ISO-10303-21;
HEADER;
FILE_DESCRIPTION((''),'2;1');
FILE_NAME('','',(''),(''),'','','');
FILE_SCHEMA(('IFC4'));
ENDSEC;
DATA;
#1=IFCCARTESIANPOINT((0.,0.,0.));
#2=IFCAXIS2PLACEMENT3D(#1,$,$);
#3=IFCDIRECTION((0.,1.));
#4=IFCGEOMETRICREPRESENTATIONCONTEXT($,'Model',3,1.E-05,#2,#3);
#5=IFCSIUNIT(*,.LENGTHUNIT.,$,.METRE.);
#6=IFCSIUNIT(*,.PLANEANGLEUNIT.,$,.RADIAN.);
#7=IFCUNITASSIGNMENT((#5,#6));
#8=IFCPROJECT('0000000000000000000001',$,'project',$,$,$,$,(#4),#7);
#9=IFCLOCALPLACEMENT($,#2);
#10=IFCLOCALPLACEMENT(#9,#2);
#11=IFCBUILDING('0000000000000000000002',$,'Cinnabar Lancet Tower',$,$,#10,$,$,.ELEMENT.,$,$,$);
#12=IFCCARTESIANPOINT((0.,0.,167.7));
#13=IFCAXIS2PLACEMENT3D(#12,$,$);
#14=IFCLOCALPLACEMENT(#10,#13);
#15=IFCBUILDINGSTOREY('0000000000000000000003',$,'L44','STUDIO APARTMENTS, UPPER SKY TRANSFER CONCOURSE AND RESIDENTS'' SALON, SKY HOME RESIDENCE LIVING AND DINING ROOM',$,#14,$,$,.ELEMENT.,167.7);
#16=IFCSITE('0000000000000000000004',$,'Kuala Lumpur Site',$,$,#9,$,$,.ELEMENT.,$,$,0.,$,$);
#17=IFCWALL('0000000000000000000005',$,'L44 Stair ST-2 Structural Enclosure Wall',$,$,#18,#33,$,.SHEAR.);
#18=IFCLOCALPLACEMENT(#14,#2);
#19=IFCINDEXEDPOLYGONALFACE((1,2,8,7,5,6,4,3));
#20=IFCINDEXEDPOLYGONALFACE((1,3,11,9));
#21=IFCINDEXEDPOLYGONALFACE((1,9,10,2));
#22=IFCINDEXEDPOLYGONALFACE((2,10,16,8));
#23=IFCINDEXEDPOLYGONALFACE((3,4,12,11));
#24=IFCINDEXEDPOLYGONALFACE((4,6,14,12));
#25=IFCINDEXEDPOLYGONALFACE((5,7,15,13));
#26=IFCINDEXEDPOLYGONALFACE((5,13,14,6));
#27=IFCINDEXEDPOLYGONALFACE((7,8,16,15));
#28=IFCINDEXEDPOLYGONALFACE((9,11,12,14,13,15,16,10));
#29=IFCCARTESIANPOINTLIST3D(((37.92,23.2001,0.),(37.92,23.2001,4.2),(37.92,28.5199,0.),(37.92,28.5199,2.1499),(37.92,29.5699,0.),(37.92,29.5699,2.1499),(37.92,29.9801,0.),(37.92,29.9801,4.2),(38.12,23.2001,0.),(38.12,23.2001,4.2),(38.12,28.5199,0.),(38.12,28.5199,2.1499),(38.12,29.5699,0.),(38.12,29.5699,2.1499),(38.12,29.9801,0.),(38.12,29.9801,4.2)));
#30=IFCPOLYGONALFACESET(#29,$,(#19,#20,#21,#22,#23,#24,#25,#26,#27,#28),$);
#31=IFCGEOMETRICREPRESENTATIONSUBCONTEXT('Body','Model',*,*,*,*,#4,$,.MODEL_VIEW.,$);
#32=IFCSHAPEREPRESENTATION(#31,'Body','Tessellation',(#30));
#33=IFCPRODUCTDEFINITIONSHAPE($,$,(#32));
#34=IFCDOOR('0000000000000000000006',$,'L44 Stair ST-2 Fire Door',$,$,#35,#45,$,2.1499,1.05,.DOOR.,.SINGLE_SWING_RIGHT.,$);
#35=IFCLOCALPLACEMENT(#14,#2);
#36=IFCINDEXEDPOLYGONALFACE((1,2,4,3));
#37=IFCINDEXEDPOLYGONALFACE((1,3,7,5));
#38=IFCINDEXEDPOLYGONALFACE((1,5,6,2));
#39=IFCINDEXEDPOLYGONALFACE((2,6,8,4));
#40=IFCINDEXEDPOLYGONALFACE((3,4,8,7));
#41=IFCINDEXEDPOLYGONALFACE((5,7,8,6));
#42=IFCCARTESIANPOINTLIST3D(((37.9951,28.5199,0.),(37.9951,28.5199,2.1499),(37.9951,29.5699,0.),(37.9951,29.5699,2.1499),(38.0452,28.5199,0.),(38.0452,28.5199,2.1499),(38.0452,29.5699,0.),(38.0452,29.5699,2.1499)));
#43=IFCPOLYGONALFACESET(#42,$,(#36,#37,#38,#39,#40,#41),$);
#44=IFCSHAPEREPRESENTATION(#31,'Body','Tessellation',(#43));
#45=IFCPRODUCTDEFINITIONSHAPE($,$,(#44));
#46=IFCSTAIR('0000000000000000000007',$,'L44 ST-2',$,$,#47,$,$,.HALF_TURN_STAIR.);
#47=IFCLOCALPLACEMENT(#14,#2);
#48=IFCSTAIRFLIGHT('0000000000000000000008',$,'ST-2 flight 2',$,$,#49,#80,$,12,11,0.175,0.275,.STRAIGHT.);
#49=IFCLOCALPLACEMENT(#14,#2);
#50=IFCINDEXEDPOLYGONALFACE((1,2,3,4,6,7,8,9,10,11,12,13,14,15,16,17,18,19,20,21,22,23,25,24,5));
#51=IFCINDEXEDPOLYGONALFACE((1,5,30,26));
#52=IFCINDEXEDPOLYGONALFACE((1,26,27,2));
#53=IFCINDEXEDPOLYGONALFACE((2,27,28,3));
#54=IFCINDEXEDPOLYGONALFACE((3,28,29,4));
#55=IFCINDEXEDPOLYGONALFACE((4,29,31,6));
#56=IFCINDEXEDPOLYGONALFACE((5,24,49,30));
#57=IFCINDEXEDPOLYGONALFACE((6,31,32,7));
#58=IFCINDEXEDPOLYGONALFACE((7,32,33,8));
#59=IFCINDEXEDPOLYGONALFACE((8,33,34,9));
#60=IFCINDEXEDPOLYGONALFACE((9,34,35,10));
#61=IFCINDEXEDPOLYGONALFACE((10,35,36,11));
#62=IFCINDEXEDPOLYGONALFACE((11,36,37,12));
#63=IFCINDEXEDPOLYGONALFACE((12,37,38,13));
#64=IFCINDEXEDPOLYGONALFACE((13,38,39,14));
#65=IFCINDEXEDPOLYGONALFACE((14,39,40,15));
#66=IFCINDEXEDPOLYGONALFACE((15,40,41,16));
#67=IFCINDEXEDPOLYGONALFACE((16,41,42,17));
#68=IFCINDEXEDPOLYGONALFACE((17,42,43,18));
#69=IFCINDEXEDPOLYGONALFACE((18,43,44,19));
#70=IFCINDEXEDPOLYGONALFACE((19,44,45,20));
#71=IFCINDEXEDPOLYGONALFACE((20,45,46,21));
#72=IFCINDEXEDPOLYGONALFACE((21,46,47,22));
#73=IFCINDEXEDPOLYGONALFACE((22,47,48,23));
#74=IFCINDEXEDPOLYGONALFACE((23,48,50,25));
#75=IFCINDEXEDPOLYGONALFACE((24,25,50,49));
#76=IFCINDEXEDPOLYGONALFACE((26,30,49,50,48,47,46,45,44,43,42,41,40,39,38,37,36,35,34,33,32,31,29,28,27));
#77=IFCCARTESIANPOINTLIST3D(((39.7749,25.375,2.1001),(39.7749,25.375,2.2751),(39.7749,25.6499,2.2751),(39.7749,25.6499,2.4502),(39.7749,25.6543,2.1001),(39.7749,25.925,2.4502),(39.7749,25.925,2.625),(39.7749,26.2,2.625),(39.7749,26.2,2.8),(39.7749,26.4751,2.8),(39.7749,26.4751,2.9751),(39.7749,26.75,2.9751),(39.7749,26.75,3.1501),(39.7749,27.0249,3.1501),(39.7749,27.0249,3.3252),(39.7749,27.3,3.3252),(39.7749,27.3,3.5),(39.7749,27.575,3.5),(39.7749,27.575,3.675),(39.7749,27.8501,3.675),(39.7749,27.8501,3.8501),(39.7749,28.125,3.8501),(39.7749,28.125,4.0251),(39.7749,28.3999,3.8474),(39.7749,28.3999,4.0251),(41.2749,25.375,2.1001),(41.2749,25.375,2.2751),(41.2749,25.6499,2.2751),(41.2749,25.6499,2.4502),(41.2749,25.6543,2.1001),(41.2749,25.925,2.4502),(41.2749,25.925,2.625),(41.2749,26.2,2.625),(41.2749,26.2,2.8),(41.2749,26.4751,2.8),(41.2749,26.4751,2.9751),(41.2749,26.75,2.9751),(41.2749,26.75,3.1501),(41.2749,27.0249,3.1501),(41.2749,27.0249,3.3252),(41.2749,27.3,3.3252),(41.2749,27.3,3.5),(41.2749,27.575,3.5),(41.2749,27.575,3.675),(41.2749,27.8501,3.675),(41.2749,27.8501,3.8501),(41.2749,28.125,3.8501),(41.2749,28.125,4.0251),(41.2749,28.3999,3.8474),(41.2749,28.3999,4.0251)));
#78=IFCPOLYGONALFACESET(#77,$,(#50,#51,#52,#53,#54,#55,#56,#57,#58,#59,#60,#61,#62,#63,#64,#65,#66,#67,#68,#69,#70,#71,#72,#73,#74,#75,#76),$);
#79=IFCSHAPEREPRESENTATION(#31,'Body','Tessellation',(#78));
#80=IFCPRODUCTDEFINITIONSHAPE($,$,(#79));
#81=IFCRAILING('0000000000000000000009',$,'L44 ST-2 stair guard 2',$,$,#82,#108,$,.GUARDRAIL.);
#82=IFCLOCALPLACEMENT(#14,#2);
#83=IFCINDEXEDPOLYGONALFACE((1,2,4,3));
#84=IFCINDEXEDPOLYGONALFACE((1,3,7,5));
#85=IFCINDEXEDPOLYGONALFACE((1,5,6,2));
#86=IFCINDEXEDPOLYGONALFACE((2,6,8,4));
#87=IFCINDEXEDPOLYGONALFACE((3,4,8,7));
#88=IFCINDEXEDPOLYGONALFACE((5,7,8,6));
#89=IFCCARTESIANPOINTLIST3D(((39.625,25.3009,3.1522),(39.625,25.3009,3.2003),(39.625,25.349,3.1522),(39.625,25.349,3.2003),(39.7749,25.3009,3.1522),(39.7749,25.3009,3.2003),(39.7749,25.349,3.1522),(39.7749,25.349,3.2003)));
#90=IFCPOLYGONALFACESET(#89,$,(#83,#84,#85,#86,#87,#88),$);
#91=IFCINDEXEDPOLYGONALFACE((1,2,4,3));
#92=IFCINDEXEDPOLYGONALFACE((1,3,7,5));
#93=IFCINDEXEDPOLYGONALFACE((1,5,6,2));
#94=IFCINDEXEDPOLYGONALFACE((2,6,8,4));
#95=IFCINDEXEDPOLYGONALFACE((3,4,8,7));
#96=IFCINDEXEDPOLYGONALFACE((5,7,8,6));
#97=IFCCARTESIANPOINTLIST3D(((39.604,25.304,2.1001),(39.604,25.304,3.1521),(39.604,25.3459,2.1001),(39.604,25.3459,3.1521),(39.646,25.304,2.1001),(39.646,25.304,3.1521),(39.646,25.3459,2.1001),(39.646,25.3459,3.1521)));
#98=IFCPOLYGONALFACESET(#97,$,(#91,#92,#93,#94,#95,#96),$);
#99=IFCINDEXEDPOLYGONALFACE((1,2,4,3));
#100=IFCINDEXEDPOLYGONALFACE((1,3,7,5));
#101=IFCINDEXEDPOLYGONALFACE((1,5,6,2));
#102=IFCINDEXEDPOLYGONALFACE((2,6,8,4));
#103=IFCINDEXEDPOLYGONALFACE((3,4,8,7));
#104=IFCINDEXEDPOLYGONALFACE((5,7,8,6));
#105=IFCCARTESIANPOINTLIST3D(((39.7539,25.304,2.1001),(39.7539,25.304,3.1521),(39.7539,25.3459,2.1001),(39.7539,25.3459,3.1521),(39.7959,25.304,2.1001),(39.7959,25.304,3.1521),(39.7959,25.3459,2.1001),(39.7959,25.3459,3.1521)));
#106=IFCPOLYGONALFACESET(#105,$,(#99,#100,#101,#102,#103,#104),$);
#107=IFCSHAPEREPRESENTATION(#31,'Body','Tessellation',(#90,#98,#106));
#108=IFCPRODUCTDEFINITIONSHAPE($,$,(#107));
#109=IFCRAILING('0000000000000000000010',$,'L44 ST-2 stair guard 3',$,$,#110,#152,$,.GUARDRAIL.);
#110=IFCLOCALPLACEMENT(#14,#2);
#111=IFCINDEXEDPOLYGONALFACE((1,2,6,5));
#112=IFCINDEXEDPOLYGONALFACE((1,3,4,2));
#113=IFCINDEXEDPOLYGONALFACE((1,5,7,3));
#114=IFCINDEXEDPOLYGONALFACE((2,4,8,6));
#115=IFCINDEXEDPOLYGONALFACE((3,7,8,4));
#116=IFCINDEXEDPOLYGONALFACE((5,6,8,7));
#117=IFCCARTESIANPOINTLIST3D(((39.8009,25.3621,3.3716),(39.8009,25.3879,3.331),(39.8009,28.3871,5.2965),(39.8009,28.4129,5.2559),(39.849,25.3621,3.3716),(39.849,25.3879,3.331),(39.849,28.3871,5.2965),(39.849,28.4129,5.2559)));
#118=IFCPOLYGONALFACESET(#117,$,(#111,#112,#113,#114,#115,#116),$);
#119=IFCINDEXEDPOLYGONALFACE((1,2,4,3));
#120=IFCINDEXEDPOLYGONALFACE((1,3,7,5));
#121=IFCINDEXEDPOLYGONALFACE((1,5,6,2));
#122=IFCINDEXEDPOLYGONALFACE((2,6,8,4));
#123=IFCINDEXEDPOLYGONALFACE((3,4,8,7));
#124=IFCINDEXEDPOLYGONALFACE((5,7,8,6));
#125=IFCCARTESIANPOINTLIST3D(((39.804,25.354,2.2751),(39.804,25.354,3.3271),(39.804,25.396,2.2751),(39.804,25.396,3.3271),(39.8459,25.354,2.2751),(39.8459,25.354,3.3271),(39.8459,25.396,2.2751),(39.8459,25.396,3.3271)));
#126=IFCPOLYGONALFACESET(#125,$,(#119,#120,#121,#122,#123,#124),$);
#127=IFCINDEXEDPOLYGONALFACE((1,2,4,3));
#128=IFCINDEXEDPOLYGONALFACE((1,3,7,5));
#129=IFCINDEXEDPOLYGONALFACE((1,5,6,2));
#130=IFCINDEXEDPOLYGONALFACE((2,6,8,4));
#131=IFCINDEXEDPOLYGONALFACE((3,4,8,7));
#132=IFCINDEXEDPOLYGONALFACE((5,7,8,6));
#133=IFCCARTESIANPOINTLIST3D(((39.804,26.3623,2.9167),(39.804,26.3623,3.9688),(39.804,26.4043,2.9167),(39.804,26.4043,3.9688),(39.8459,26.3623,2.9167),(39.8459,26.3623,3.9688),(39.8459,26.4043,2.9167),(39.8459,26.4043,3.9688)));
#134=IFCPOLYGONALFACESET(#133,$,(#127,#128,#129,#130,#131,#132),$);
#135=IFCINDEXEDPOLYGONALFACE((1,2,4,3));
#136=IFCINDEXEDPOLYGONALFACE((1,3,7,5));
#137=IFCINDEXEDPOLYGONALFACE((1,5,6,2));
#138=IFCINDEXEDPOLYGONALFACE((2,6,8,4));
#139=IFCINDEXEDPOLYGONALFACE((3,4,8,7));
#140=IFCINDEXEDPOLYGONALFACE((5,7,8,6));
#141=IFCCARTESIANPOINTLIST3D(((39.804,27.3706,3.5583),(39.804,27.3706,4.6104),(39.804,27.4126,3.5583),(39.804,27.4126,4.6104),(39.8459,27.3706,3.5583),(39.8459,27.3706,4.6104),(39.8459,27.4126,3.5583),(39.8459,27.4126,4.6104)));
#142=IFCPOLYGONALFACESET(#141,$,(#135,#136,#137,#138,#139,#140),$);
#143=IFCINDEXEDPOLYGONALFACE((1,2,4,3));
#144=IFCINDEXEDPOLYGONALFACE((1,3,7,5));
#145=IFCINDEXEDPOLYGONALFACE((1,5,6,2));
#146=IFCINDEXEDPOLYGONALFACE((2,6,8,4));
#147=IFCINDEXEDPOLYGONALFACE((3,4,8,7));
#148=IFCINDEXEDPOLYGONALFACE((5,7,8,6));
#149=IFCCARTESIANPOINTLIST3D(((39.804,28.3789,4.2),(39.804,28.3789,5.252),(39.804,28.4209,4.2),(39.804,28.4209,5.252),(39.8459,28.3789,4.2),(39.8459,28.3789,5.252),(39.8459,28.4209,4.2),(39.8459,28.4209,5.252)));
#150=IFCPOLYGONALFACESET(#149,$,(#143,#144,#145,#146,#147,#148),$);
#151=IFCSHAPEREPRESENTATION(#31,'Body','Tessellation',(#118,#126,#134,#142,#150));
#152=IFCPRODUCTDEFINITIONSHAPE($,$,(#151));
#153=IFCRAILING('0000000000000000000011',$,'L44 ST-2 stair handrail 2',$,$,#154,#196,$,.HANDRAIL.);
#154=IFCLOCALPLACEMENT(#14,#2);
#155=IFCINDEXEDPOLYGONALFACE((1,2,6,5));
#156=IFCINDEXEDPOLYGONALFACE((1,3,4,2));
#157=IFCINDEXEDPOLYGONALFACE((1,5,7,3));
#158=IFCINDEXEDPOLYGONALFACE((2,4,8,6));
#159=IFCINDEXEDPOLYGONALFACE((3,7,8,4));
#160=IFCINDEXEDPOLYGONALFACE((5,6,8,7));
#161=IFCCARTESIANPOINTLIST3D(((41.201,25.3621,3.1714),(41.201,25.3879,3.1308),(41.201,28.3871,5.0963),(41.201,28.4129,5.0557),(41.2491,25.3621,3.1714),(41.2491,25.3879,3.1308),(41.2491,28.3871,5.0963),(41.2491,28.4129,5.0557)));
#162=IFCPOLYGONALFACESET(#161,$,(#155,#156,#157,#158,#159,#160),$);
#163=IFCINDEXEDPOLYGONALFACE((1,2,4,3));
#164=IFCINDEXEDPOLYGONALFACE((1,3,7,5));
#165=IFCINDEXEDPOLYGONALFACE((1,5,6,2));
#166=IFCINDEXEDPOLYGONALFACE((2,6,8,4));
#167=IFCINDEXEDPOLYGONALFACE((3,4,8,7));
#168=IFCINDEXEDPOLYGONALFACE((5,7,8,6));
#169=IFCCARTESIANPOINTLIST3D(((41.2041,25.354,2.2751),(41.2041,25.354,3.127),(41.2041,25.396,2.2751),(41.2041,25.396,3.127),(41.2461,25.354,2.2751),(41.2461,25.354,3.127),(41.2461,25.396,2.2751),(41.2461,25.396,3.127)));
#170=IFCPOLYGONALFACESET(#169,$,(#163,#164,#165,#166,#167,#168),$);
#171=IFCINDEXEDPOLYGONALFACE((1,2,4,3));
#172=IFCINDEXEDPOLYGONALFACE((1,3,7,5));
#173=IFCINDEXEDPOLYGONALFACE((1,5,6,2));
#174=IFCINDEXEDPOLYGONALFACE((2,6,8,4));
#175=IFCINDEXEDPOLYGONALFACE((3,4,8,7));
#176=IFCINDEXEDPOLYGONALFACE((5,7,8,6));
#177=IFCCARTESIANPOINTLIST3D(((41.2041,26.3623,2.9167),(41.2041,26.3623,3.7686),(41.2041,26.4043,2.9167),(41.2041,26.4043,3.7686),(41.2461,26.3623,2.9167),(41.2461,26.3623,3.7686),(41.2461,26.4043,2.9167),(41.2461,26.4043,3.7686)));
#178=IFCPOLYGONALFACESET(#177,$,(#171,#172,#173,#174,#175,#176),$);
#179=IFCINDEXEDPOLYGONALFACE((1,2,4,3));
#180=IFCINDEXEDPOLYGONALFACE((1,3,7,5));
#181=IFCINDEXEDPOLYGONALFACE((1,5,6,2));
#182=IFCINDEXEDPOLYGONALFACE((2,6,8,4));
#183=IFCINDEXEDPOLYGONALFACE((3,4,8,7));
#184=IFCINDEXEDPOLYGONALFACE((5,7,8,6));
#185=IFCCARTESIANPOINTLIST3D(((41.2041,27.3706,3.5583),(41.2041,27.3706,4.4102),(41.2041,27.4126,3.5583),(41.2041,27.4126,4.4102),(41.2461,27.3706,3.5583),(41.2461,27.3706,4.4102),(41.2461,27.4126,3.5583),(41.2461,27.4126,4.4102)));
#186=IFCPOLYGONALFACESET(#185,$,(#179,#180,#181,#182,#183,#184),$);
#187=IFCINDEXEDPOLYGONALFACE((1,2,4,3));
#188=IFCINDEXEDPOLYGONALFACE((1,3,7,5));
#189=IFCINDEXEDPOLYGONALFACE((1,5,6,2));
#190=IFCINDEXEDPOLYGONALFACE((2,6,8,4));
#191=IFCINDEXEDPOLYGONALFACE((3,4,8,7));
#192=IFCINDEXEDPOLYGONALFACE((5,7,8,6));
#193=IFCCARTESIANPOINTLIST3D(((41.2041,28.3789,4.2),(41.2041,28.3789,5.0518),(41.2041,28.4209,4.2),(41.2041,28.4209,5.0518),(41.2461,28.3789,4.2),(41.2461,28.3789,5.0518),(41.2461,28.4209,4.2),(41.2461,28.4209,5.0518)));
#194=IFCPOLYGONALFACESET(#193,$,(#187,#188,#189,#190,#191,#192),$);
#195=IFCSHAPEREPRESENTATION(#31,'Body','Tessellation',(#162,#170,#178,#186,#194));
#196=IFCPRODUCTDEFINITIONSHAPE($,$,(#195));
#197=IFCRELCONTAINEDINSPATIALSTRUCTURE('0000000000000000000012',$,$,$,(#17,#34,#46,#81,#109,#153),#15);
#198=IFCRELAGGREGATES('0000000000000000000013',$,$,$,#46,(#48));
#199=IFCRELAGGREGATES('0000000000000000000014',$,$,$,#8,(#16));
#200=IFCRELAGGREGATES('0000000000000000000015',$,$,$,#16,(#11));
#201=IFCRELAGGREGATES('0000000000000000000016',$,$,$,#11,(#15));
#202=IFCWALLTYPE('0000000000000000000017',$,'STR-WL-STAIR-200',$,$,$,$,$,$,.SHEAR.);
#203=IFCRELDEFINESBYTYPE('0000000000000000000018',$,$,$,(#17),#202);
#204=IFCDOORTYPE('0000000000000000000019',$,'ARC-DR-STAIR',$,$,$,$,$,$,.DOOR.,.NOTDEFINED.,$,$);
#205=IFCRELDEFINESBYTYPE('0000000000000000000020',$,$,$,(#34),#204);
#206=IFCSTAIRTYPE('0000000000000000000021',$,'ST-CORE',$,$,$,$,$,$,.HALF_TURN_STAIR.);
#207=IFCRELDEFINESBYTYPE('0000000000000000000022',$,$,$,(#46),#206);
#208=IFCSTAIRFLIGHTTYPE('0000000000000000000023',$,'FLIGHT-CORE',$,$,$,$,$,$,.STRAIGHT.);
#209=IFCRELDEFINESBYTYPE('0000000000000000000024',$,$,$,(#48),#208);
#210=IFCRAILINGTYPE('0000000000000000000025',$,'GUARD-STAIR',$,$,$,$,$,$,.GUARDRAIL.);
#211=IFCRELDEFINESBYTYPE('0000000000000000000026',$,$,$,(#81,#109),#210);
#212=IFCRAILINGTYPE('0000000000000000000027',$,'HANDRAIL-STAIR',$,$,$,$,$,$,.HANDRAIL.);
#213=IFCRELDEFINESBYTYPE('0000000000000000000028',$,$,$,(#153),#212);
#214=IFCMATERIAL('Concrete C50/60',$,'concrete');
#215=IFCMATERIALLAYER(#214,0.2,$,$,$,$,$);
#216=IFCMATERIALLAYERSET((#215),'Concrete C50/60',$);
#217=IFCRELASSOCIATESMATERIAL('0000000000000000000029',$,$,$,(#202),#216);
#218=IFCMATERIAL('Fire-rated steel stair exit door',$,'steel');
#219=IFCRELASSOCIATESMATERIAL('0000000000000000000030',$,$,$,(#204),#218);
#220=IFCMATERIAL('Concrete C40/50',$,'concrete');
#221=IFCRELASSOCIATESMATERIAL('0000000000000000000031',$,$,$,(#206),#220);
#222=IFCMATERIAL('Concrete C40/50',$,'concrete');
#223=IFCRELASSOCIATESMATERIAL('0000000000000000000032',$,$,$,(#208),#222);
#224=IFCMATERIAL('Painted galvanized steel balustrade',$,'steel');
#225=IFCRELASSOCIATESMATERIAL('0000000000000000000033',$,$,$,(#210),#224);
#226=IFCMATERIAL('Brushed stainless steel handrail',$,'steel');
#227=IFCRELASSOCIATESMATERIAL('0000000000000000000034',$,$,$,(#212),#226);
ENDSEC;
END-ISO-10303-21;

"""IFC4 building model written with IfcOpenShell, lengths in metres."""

from ifc_helpers import new_model, si_unit, direction, frame, frame_2d, origin, origin_2d, place, context, subcontext, project, spatial, polyline, rectangle, outline, extrude, material, layer, layer_set, type_object, element, fill, aggregate, save


model = new_model("IFC4")

# Units and contexts
model_context = context("Model", 3, precision=1e-05, world=origin(), true_north=direction((0.0, 1.0)))
body_context = subcontext(model_context, "Body", "Model", "MODEL_VIEW")
ifc_project = project(units=[si_unit("LENGTHUNIT", "METRE"), si_unit("PLANEANGLEUNIT", "RADIAN")], contexts=[model_context])

# Site, building, storey
site_placement = place(None, origin())
site = spatial("IfcSite", under=ifc_project, at=site_placement, Name="Kuala Lumpur Site", CompositionType="ELEMENT", RefElevation=0.0)
building_placement = place(site_placement, origin())
building = spatial("IfcBuilding", under=site, at=building_placement, Name="Cinnabar Lancet Tower", CompositionType="ELEMENT")
storey_placement = place(building_placement, frame((0.0, 0.0, 167.7)))
storey = spatial("IfcBuildingStorey", under=building, at=storey_placement, Name="L44", Description="STUDIO APARTMENTS, UPPER SKY TRANSFER CONCOURSE AND RESIDENTS' SALON, SKY HOME RESIDENCE LIVING AND DINING ROOM", CompositionType="ELEMENT", Elevation=167.7)

# Wall, opening, door
ifc_material_1 = material(Name="Concrete C50/60", Category="concrete")
ifc_layer_1 = layer(ifc_material_1, 0.2)
ifc_layer_set_1 = layer_set([ifc_layer_1], Name="Concrete C50/60")
wall_type_1 = type_object("IfcWallType", Name="STR-WL-STAIR-200", PredefinedType="SHEAR", material=ifc_layer_set_1)
wall_1_placement = place(storey_placement, frame((38.02, 23.2, 0.0), z_axis=(0.0, 0.0, 1.0), x_axis=(0.0, 1.0, 0.0)))
wall_1 = element("IfcWall", 1, at=wall_1_placement, inside=storey, type_object=wall_type_1, Name="L44 Stair ST-2 Structural Enclosure Wall", PredefinedType="SHEAR", context=body_context, shape_type="SweptSolid", body=[
    extrude(rectangle(XDim=6.78, YDim=0.2, at=frame_2d((3.3901, 0.0))), origin(), (0.0, 0.0, 1.0), 4.2),
])
opening_1_placement = place(wall_1_placement, frame((5.3201, 0.0, 0.0)))
opening_1 = element("IfcOpeningElement", 2, at=opening_1_placement, cuts=wall_1, PredefinedType="OPENING", context=body_context, shape_type="SweptSolid", body=[
    extrude(rectangle(XDim=1.05, YDim=2.1499, at=frame_2d((0.5249, 1.075))), frame((0.0, 0.1099, 0.0), z_axis=(0.0, -1.0, 0.0), x_axis=(1.0, 0.0, 0.0)), (0.0, 0.0, 1.0), 0.22),
])
ifc_material_2 = material(Name="Fire-rated steel stair exit door", Category="steel")
door_type_1 = type_object("IfcDoorType", Name="ARC-DR-STAIR", OperationType="NOTDEFINED", PredefinedType="DOOR", material=ifc_material_2)
door_1_placement = place(opening_1_placement, origin())
door_1 = element("IfcDoor", 3, at=door_1_placement, inside=storey, type_object=door_type_1, Name="L44 Stair ST-2 Fire Door", OperationType="SINGLE_SWING_RIGHT", OverallHeight=2.1499, OverallWidth=1.05, PredefinedType="DOOR", context=body_context, shape_type="SweptSolid", body=[
    extrude(rectangle(XDim=1.05, YDim=2.1499, at=frame_2d((0.5249, 1.075))), frame((0.0, 0.0249, 0.0), z_axis=(0.0, -1.0, 0.0), x_axis=(1.0, 0.0, 0.0)), (0.0, 0.0, 1.0), 0.05),
])
fill(opening_1, door_1)

# Stair, stair flight
ifc_material_3 = material(Name="Concrete C40/50", Category="concrete")
stair_type = type_object("IfcStairType", Name="ST-CORE", PredefinedType="HALF_TURN_STAIR", material=ifc_material_3)
stair_placement = place(storey_placement, origin())
stair = element("IfcStair", 4, at=stair_placement, inside=storey, type_object=stair_type, Name="L44 ST-2", PredefinedType="HALF_TURN_STAIR")
ifc_material_4 = material(Name="Concrete C40/50", Category="concrete")
stair_flight_type = type_object("IfcStairFlightType", Name="FLIGHT-CORE", PredefinedType="STRAIGHT", material=ifc_material_4)
stair_flight_placement = place(storey_placement, frame((40.5249, 25.375, 2.1001), z_axis=(0.0, 0.0, 1.0), x_axis=(0.0, 1.0, 0.0)))
stair_flight = element("IfcStairFlight", 5, at=stair_flight_placement, type_object=stair_flight_type, Name="ST-2 flight 2", NumberOfRisers=12, NumberOfTreads=11, PredefinedType="STRAIGHT", RiserHeight=0.175, TreadLength=0.275, context=body_context, shape_type="SweptSolid", body=[
    extrude(outline(polyline([(0.0, 0.0), (0.0, 0.175), (0.2749, 0.175), (0.2749, 0.3501), (0.55, 0.3501), (0.55, 0.5249), (0.825, 0.5249), (0.825, 0.7), (1.1001, 0.7), (1.1001, 0.875), (1.375, 0.875), (1.375, 1.05), (1.6499, 1.05), (1.6499, 1.2251), (1.925, 1.2251), (1.925, 1.3999), (2.2, 1.3999), (2.2, 1.575), (2.4751, 1.575), (2.4751, 1.75), (2.75, 1.75), (2.75, 1.925), (3.0249, 1.925), (3.0249, 2.1001), (3.0249, 1.7473), (0.2793, 0.0), (0.0, 0.0)])), frame((0.0, 0.75, 0.0), z_axis=(0.0, -1.0, 0.0), x_axis=(1.0, 0.0, 0.0)), (0.0, 0.0, 1.0), 1.5),
])
aggregate(stair, [stair_flight])

# Railings
ifc_material_5 = material(Name="Painted galvanized steel balustrade", Category="steel")
railing_type_1 = type_object("IfcRailingType", Name="GUARD-STAIR", PredefinedType="GUARDRAIL", material=ifc_material_5)
railing_1_placement = place(storey_placement, frame((39.625, 25.325, 2.1001)))
element("IfcRailing", 6, at=railing_1_placement, inside=storey, type_object=railing_type_1, Name="L44 ST-2 stair guard 2", PredefinedType="GUARDRAIL", context=body_context, shape_type="SweptSolid", body=[
    extrude(rectangle(XDim=0.0481, YDim=0.0481, at=origin_2d()), frame((0.0, 0.0, 1.0762), z_axis=(1.0, 0.0, 0.0), x_axis=(0.0, 1.0, 0.0)), (0.0, 0.0, 1.0), 0.1499),
    extrude(rectangle(XDim=0.042, YDim=0.042, at=origin_2d()), origin(), (0.0, 0.0, 1.0), 1.052),
    extrude(rectangle(XDim=0.042, YDim=0.042, at=origin_2d()), frame((0.1499, 0.0, 0.0)), (0.0, 0.0, 1.0), 1.052),
])
railing_2_placement = place(storey_placement, frame((39.825, 25.375, 2.2751)))
element("IfcRailing", 7, at=railing_2_placement, inside=storey, type_object=railing_type_1, Name="L44 ST-2 stair guard 3", PredefinedType="GUARDRAIL", context=body_context, shape_type="SweptSolid", body=[
    extrude(rectangle(XDim=0.0481, YDim=0.0481, at=origin_2d()), frame((0.0, 0.0, 1.0762), z_axis=(0.0, 0.843678, 0.536849), x_axis=(-1.0, 0.0, 0.0)), (0.0, 0.0, 1.0), 3.5854),
    extrude(rectangle(XDim=0.042, YDim=0.042, at=origin_2d()), origin(), (0.0, 0.0, 1.0), 1.052),
    extrude(rectangle(XDim=0.042, YDim=0.042, at=origin_2d()), frame((0.0, 1.0083, 0.6416)), (0.0, 0.0, 1.0), 1.052),
    extrude(rectangle(XDim=0.042, YDim=0.042, at=origin_2d()), frame((0.0, 2.0166, 1.2832)), (0.0, 0.0, 1.0), 1.052),
    extrude(rectangle(XDim=0.042, YDim=0.042, at=origin_2d()), frame((0.0, 3.0249, 1.9248)), (0.0, 0.0, 1.0), 1.052),
])
ifc_material_6 = material(Name="Brushed stainless steel handrail", Category="steel")
railing_type_2 = type_object("IfcRailingType", Name="HANDRAIL-STAIR", PredefinedType="HANDRAIL", material=ifc_material_6)
railing_3_placement = place(storey_placement, frame((41.2251, 25.375, 2.2751)))
element("IfcRailing", 8, at=railing_3_placement, inside=storey, type_object=railing_type_2, Name="L44 ST-2 stair handrail 2", PredefinedType="HANDRAIL", context=body_context, shape_type="SweptSolid", body=[
    extrude(rectangle(XDim=0.0481, YDim=0.0481, at=origin_2d()), frame((0.0, 0.0, 0.876), z_axis=(0.0, 0.843678, 0.536849), x_axis=(-1.0, 0.0, 0.0)), (0.0, 0.0, 1.0), 3.5854),
    extrude(rectangle(XDim=0.042, YDim=0.042, at=origin_2d()), origin(), (0.0, 0.0, 1.0), 0.8518),
    extrude(rectangle(XDim=0.042, YDim=0.042, at=origin_2d()), frame((0.0, 1.0083, 0.6416)), (0.0, 0.0, 1.0), 0.8518),
    extrude(rectangle(XDim=0.042, YDim=0.042, at=origin_2d()), frame((0.0, 2.0166, 1.2832)), (0.0, 0.0, 1.0), 0.8518),
    extrude(rectangle(XDim=0.042, YDim=0.042, at=origin_2d()), frame((0.0, 3.0249, 1.9248)), (0.0, 0.0, 1.0), 0.8518),
])

save(model, "model.ifc")
